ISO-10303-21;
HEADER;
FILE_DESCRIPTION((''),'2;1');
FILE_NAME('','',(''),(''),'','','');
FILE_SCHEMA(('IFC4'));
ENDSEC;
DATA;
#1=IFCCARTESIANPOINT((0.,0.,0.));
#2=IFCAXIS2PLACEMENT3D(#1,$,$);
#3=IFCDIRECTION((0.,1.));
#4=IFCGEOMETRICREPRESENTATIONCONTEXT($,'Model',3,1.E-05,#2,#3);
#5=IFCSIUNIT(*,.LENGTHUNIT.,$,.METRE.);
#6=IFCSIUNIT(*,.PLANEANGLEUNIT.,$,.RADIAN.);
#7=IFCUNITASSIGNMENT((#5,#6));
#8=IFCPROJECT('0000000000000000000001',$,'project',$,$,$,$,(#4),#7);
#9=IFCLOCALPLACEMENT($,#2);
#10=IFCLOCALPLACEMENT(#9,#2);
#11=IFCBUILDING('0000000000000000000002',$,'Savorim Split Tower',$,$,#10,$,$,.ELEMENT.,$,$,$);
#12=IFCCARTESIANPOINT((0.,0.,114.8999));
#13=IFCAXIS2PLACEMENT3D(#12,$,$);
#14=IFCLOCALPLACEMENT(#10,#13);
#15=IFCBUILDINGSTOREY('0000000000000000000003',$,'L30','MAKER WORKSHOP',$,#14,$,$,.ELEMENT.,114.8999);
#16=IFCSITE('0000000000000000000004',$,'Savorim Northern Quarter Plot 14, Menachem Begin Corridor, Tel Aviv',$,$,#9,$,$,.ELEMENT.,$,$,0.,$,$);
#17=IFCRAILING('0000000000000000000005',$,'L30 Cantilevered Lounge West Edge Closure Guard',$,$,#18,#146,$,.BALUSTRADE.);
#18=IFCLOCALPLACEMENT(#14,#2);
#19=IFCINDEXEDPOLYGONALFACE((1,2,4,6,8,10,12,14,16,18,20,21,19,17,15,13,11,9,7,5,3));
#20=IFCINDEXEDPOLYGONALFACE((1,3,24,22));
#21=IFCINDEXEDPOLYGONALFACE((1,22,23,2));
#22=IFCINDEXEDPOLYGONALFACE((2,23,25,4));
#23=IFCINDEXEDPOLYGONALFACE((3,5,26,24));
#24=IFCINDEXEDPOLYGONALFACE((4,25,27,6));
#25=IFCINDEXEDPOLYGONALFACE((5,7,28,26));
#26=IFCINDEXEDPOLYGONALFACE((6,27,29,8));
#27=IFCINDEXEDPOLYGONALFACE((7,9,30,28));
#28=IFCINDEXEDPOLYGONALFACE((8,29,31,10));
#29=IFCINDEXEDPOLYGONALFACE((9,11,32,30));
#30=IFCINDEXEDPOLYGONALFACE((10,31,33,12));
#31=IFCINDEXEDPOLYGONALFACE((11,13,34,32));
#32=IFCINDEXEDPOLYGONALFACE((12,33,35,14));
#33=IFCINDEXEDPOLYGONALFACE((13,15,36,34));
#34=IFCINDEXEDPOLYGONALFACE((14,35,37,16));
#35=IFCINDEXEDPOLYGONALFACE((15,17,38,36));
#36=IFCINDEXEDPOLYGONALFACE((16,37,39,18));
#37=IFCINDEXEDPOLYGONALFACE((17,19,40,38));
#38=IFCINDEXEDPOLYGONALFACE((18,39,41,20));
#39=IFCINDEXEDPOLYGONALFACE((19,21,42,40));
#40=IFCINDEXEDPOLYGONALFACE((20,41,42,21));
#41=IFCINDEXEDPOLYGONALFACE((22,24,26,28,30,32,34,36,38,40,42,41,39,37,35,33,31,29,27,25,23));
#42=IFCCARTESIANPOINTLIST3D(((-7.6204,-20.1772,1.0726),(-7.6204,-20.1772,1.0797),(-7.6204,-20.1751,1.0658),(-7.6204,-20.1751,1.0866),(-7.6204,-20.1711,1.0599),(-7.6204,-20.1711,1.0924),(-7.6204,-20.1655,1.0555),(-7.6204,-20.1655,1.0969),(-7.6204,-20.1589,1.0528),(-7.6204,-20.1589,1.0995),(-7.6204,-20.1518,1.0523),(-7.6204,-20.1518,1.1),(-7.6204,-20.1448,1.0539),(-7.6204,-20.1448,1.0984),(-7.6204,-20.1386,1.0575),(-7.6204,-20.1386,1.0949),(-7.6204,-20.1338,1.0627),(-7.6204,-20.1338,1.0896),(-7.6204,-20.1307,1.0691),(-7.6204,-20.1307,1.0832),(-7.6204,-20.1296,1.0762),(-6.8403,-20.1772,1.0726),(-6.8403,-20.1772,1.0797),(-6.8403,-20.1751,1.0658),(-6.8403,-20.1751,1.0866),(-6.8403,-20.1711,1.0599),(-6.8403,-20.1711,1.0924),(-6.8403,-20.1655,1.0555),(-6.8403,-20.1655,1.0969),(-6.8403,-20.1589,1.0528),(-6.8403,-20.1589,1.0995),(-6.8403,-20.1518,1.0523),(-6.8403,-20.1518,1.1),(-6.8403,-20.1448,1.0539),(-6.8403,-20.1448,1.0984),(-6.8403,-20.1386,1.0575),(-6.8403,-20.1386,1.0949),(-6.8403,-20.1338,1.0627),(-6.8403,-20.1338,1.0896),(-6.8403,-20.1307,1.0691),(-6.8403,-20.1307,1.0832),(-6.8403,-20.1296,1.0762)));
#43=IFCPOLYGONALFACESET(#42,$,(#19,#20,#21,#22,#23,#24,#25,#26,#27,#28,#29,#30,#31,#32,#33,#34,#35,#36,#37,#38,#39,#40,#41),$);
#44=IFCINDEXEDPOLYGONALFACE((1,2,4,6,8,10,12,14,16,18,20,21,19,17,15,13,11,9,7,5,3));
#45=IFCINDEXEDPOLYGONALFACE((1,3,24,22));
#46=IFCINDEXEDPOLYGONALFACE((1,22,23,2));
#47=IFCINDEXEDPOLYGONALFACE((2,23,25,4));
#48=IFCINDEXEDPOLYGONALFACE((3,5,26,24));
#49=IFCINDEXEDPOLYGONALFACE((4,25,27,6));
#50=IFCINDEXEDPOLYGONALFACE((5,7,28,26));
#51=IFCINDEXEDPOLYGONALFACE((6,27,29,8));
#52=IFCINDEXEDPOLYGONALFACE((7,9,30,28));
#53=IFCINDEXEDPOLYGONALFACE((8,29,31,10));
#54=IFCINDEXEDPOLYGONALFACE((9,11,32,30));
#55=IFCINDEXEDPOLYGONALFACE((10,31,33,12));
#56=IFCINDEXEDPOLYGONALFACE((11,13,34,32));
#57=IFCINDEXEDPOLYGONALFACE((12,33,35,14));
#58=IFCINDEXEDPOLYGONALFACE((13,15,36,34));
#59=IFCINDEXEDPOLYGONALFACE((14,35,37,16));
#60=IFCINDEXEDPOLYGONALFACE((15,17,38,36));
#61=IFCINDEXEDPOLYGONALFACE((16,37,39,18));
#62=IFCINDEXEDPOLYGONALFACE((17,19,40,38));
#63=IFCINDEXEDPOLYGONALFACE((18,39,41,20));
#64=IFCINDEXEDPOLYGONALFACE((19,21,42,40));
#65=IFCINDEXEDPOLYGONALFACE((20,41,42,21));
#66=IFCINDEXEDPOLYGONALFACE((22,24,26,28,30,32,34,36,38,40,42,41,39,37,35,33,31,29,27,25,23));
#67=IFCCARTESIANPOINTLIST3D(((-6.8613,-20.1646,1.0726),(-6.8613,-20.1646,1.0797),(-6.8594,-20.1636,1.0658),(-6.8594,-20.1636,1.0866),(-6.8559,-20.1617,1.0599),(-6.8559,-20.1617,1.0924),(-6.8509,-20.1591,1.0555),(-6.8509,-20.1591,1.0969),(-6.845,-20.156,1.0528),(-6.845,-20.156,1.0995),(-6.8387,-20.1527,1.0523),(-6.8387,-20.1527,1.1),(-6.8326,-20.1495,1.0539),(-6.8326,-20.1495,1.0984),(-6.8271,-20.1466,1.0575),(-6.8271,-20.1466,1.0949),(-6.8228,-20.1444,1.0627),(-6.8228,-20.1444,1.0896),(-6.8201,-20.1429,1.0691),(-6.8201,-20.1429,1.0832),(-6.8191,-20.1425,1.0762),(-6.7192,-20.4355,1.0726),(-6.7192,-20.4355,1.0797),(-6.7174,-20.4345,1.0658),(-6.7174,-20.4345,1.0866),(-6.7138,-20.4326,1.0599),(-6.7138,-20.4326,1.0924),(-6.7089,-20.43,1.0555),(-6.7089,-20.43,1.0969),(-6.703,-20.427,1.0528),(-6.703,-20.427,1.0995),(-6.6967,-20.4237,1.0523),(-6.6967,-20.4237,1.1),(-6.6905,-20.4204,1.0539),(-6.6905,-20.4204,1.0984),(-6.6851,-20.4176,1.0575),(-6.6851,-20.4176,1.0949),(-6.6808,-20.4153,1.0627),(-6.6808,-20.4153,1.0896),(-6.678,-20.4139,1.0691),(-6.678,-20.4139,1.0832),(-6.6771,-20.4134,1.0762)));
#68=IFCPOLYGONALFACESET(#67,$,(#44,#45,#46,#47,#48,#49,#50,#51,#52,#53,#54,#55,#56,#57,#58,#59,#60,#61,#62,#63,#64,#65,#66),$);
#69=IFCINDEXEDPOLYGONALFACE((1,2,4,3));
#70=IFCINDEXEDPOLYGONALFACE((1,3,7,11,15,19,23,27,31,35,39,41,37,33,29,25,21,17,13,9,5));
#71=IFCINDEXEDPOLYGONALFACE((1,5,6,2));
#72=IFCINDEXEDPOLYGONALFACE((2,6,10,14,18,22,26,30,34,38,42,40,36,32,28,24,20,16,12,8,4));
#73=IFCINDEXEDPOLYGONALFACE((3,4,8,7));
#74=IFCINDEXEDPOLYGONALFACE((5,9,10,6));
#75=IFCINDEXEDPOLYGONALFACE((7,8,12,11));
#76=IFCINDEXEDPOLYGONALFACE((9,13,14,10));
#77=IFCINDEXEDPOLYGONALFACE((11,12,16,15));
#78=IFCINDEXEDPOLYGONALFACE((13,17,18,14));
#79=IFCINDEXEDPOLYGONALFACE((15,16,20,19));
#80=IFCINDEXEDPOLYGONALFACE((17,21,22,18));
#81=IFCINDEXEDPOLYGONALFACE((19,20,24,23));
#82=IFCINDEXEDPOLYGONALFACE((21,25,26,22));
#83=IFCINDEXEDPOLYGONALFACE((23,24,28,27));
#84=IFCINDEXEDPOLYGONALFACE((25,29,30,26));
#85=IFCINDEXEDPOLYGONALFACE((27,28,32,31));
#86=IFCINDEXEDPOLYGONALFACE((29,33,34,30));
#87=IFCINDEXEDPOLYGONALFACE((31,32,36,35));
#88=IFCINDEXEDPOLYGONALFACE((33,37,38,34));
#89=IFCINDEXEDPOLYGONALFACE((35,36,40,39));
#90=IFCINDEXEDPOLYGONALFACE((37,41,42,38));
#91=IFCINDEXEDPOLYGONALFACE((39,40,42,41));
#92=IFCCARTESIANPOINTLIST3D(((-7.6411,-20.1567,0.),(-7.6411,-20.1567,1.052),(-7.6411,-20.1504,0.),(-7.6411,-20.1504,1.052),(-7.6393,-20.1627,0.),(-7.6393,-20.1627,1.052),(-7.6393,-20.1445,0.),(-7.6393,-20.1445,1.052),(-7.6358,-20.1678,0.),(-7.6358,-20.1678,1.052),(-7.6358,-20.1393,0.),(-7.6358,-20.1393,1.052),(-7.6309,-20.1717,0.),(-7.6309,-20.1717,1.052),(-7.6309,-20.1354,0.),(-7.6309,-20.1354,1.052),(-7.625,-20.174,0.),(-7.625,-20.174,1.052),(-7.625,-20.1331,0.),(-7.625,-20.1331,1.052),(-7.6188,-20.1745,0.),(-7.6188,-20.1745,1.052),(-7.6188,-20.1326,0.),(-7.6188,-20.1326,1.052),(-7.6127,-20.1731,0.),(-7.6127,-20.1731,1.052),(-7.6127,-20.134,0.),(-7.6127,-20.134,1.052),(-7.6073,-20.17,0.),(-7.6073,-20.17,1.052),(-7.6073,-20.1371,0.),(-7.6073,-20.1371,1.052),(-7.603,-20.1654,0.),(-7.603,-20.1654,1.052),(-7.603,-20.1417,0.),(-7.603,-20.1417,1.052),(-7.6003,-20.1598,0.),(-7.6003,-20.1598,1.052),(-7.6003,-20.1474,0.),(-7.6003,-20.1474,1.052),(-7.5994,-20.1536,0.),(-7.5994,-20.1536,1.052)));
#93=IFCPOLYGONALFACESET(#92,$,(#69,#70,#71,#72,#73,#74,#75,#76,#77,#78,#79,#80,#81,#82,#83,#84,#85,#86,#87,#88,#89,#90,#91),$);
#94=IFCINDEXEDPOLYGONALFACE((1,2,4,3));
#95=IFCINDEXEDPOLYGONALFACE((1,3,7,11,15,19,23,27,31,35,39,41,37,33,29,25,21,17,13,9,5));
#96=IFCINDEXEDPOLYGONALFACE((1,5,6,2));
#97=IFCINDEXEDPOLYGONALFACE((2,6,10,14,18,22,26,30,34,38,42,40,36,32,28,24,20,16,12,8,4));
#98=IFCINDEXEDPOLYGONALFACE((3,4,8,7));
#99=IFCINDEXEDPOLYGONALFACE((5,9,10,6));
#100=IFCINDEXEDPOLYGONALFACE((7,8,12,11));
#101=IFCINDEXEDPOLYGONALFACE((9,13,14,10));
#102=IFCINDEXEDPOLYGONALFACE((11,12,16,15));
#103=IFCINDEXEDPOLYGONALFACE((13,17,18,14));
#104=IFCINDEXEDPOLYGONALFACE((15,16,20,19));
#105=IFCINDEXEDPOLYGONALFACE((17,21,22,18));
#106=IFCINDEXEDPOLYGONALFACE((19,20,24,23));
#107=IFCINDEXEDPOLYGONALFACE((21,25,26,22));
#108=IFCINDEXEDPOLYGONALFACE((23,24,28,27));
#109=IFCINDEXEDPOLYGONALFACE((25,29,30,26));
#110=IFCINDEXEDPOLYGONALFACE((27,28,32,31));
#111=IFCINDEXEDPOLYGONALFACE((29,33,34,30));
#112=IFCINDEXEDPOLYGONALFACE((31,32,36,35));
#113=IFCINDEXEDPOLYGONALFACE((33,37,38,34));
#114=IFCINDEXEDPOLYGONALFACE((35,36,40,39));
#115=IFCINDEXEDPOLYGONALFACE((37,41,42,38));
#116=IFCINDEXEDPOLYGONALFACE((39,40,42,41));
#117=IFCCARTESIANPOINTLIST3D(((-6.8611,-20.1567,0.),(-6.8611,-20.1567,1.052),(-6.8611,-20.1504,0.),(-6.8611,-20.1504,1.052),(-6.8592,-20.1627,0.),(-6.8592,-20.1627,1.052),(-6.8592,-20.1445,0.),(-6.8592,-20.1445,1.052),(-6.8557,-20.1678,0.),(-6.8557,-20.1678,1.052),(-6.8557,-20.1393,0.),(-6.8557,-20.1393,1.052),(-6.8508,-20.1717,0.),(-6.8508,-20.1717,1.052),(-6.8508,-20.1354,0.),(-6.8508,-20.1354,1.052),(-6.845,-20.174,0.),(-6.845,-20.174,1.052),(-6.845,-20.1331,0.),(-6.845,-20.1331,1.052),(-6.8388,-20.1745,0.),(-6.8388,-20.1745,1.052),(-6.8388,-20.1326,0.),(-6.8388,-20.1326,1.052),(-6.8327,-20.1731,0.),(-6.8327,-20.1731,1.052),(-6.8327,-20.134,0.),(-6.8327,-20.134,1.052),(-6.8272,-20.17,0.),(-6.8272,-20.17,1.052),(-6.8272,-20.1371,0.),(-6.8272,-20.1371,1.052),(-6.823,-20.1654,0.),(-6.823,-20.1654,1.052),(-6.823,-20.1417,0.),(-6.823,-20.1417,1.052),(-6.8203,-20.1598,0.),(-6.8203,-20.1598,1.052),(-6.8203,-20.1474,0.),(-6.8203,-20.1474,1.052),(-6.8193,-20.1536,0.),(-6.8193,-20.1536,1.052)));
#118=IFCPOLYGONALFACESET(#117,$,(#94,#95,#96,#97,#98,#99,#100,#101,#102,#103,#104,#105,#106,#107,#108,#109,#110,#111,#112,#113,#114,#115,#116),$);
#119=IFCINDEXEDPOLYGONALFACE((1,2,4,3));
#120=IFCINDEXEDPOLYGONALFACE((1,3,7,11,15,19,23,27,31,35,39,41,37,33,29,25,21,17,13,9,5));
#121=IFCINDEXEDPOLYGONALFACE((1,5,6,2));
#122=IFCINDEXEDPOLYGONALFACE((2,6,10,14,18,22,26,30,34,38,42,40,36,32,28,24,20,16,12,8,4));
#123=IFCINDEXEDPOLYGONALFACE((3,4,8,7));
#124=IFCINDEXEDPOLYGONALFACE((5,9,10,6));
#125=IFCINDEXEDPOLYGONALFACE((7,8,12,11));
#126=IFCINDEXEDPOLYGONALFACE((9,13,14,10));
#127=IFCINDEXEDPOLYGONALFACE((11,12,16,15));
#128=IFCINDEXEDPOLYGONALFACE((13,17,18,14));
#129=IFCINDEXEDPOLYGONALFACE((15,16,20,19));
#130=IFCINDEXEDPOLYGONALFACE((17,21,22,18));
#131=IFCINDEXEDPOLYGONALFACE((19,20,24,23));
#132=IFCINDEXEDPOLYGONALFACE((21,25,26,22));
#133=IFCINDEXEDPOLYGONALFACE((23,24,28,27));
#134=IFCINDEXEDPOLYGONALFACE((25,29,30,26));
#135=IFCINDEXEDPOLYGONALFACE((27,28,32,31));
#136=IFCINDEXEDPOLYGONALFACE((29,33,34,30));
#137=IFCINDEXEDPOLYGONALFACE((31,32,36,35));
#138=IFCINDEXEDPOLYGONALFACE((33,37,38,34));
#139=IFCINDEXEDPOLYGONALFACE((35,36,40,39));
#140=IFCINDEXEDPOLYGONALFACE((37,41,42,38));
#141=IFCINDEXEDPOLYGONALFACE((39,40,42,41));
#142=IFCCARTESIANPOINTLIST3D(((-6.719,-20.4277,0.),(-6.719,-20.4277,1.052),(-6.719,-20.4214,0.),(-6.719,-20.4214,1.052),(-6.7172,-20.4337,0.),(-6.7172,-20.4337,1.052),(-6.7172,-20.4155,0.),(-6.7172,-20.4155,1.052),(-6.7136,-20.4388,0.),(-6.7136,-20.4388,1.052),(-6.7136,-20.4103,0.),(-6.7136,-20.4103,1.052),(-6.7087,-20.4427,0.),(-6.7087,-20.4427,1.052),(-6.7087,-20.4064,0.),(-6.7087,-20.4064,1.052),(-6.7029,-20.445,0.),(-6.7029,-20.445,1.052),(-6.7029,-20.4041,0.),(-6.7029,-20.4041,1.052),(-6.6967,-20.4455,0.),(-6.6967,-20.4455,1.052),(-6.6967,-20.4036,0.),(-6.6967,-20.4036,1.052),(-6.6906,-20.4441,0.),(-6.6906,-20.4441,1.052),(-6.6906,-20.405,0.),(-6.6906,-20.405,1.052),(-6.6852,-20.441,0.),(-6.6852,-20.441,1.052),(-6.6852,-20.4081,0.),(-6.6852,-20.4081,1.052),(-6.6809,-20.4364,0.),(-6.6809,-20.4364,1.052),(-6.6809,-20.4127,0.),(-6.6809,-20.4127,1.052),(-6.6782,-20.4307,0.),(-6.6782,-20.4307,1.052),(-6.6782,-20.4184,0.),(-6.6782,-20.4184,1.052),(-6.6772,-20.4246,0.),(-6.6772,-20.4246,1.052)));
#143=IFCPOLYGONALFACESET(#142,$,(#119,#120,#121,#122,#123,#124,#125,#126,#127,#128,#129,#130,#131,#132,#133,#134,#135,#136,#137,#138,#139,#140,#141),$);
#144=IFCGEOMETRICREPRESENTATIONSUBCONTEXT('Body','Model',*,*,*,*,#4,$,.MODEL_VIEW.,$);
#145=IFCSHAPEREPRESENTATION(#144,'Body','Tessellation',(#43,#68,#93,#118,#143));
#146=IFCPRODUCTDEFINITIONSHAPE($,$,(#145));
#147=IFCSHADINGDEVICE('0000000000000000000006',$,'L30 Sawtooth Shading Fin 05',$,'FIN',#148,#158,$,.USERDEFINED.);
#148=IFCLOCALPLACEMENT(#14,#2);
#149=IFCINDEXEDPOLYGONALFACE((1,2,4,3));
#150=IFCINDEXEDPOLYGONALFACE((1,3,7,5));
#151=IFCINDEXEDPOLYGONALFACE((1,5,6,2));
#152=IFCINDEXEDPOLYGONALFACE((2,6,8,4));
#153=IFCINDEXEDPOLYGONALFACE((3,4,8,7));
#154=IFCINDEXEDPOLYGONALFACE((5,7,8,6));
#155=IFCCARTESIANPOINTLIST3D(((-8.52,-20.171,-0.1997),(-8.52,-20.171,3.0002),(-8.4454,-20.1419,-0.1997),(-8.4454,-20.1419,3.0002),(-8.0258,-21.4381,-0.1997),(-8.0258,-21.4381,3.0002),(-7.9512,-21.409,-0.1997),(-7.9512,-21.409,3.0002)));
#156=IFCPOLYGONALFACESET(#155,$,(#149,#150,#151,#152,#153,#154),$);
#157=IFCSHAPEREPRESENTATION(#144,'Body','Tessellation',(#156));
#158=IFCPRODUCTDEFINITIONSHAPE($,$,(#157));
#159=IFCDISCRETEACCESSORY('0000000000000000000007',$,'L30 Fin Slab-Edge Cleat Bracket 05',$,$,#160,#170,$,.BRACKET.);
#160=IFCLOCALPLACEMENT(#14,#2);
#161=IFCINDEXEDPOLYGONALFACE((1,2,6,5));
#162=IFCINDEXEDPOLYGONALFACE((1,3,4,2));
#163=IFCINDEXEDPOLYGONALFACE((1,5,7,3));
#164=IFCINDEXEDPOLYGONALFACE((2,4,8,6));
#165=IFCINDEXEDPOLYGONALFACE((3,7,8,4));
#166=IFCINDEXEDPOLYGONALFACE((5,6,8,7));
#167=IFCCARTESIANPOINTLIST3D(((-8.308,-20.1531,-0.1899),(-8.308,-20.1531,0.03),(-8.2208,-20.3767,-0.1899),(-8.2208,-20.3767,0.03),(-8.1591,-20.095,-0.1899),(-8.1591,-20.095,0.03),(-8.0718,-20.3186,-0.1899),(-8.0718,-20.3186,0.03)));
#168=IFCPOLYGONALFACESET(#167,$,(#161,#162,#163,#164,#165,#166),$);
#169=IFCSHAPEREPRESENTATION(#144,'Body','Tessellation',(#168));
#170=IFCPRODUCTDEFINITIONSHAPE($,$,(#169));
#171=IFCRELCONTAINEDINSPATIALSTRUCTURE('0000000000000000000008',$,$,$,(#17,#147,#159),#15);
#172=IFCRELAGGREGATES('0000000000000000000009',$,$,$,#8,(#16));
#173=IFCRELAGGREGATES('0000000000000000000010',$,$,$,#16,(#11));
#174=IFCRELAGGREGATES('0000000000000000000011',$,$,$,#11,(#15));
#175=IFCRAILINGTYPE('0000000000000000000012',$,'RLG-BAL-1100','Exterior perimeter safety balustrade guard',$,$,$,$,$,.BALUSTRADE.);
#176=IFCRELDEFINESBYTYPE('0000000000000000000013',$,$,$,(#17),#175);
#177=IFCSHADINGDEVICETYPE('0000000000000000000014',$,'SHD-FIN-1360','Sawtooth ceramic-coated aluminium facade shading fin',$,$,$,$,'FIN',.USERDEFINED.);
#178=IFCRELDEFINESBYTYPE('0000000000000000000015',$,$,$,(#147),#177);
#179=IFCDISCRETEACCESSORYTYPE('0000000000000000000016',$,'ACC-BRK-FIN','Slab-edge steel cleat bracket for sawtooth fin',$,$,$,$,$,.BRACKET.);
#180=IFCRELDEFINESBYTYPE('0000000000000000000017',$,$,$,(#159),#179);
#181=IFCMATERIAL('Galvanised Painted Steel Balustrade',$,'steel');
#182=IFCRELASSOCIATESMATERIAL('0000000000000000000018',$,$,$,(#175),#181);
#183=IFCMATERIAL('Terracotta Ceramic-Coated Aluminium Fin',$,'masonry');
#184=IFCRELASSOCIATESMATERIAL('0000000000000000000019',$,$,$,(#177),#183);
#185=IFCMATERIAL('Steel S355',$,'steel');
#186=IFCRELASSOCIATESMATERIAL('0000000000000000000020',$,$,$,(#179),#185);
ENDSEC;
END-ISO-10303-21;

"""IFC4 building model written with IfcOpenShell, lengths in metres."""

from ifc_helpers import new_model, si_unit, direction, frame, origin, origin_2d, place, context, subcontext, project, spatial, rectangle, circle, extrude, material, type_object, element, save


model = new_model("IFC4")

# Units and contexts
model_context = context("Model", 3, precision=1e-05, world=origin(), true_north=direction((0.0, 1.0)))
body_context = subcontext(model_context, "Body", "Model", "MODEL_VIEW")
ifc_project = project(units=[si_unit("LENGTHUNIT", "METRE"), si_unit("PLANEANGLEUNIT", "RADIAN")], contexts=[model_context])

# Site, building, storey
site_placement = place(None, origin())
site = spatial("IfcSite", under=ifc_project, at=site_placement, Name="Savorim Northern Quarter Plot 14, Menachem Begin Corridor, Tel Aviv", CompositionType="ELEMENT", RefElevation=0.0)
building_placement = place(site_placement, origin())
building = spatial("IfcBuilding", under=site, at=building_placement, Name="Savorim Split Tower", CompositionType="ELEMENT")
storey_placement = place(building_placement, frame((0.0, 0.0, 114.8999)))
storey = spatial("IfcBuildingStorey", under=building, at=storey_placement, Name="L30", Description="MAKER WORKSHOP", CompositionType="ELEMENT", Elevation=114.8999)

# Shared definitions
ifc_material_1 = material(Name="Steel S355", Category="steel")

# Railing
ifc_material_2 = material(Name="Galvanised Painted Steel Balustrade", Category="steel")
railing_type = type_object("IfcRailingType", Name="RLG-BAL-1100", Description="Exterior perimeter safety balustrade guard", PredefinedType="BALUSTRADE", material=ifc_material_2)
railing_placement = place(storey_placement, frame((-7.6204, -20.1536, 0.0)))
element("IfcRailing", 1, at=railing_placement, inside=storey, type_object=railing_type, Name="L30 Cantilevered Lounge West Edge Closure Guard", PredefinedType="BALUSTRADE", context=body_context, shape_type="SweptSolid", body=[
    extrude(circle(Radius=0.0239, at=origin_2d()), frame((0.0, 0.0, 1.0762), z_axis=(1.0, 0.0, 0.0), x_axis=(0.0, 1.0, 0.0)), (0.0, 0.0, 1.0), 0.78),
    extrude(circle(Radius=0.0239, at=origin_2d()), frame((0.78, 0.0, 1.0762), z_axis=(0.464365, -0.885644, 0.0), x_axis=(0.885644, 0.464365, 0.0)), (0.0, 0.0, 1.0), 0.3059),
    extrude(circle(Radius=0.021, at=origin_2d()), origin(), (0.0, 0.0, 1.0), 1.052),
    extrude(circle(Radius=0.021, at=origin_2d()), frame((0.78, 0.0, 0.0)), (0.0, 0.0, 1.0), 1.052),
    extrude(circle(Radius=0.021, at=origin_2d()), frame((0.9221, -0.271, 0.0)), (0.0, 0.0, 1.0), 1.052),
])

# Shading device
ifc_material_3 = material(Name="Terracotta Ceramic-Coated Aluminium Fin", Category="masonry")
shading_device_type = type_object("IfcShadingDeviceType", Name="SHD-FIN-1360", Description="Sawtooth ceramic-coated aluminium facade shading fin", ElementType="FIN", PredefinedType="USERDEFINED", material=ifc_material_3)
shading_device_placement = place(storey_placement, frame((-8.2356, -20.79, -0.1997), z_axis=(0.0, 0.0, 1.0), x_axis=(0.363415, -0.931627, 0.0)))
element("IfcShadingDevice", 2, at=shading_device_placement, inside=storey, type_object=shading_device_type, Name="L30 Sawtooth Shading Fin 05", ObjectType="FIN", PredefinedType="USERDEFINED", context=body_context, shape_type="SweptSolid", body=[
    extrude(rectangle(XDim=1.3601, YDim=0.0801, at=origin_2d()), origin(), (0.0, 0.0, 1.0), 3.2),
])

# Discrete accessory
discrete_accessory_type = type_object("IfcDiscreteAccessoryType", Name="ACC-BRK-FIN", Description="Slab-edge steel cleat bracket for sawtooth fin", PredefinedType="BRACKET", material=ifc_material_1)
discrete_accessory_placement = place(storey_placement, frame((-8.1899, -20.2358, -0.1899), z_axis=(0.0, 0.0, 1.0), x_axis=(0.363415, -0.931627, 0.0)))
element("IfcDiscreteAccessory", 3, at=discrete_accessory_placement, inside=storey, type_object=discrete_accessory_type, Name="L30 Fin Slab-Edge Cleat Bracket 05", PredefinedType="BRACKET", context=body_context, shape_type="SweptSolid", body=[
    extrude(rectangle(XDim=0.24, YDim=0.1599, at=origin_2d()), origin(), (0.0, 0.0, 1.0), 0.22),
])

save(model, "model.ifc")
